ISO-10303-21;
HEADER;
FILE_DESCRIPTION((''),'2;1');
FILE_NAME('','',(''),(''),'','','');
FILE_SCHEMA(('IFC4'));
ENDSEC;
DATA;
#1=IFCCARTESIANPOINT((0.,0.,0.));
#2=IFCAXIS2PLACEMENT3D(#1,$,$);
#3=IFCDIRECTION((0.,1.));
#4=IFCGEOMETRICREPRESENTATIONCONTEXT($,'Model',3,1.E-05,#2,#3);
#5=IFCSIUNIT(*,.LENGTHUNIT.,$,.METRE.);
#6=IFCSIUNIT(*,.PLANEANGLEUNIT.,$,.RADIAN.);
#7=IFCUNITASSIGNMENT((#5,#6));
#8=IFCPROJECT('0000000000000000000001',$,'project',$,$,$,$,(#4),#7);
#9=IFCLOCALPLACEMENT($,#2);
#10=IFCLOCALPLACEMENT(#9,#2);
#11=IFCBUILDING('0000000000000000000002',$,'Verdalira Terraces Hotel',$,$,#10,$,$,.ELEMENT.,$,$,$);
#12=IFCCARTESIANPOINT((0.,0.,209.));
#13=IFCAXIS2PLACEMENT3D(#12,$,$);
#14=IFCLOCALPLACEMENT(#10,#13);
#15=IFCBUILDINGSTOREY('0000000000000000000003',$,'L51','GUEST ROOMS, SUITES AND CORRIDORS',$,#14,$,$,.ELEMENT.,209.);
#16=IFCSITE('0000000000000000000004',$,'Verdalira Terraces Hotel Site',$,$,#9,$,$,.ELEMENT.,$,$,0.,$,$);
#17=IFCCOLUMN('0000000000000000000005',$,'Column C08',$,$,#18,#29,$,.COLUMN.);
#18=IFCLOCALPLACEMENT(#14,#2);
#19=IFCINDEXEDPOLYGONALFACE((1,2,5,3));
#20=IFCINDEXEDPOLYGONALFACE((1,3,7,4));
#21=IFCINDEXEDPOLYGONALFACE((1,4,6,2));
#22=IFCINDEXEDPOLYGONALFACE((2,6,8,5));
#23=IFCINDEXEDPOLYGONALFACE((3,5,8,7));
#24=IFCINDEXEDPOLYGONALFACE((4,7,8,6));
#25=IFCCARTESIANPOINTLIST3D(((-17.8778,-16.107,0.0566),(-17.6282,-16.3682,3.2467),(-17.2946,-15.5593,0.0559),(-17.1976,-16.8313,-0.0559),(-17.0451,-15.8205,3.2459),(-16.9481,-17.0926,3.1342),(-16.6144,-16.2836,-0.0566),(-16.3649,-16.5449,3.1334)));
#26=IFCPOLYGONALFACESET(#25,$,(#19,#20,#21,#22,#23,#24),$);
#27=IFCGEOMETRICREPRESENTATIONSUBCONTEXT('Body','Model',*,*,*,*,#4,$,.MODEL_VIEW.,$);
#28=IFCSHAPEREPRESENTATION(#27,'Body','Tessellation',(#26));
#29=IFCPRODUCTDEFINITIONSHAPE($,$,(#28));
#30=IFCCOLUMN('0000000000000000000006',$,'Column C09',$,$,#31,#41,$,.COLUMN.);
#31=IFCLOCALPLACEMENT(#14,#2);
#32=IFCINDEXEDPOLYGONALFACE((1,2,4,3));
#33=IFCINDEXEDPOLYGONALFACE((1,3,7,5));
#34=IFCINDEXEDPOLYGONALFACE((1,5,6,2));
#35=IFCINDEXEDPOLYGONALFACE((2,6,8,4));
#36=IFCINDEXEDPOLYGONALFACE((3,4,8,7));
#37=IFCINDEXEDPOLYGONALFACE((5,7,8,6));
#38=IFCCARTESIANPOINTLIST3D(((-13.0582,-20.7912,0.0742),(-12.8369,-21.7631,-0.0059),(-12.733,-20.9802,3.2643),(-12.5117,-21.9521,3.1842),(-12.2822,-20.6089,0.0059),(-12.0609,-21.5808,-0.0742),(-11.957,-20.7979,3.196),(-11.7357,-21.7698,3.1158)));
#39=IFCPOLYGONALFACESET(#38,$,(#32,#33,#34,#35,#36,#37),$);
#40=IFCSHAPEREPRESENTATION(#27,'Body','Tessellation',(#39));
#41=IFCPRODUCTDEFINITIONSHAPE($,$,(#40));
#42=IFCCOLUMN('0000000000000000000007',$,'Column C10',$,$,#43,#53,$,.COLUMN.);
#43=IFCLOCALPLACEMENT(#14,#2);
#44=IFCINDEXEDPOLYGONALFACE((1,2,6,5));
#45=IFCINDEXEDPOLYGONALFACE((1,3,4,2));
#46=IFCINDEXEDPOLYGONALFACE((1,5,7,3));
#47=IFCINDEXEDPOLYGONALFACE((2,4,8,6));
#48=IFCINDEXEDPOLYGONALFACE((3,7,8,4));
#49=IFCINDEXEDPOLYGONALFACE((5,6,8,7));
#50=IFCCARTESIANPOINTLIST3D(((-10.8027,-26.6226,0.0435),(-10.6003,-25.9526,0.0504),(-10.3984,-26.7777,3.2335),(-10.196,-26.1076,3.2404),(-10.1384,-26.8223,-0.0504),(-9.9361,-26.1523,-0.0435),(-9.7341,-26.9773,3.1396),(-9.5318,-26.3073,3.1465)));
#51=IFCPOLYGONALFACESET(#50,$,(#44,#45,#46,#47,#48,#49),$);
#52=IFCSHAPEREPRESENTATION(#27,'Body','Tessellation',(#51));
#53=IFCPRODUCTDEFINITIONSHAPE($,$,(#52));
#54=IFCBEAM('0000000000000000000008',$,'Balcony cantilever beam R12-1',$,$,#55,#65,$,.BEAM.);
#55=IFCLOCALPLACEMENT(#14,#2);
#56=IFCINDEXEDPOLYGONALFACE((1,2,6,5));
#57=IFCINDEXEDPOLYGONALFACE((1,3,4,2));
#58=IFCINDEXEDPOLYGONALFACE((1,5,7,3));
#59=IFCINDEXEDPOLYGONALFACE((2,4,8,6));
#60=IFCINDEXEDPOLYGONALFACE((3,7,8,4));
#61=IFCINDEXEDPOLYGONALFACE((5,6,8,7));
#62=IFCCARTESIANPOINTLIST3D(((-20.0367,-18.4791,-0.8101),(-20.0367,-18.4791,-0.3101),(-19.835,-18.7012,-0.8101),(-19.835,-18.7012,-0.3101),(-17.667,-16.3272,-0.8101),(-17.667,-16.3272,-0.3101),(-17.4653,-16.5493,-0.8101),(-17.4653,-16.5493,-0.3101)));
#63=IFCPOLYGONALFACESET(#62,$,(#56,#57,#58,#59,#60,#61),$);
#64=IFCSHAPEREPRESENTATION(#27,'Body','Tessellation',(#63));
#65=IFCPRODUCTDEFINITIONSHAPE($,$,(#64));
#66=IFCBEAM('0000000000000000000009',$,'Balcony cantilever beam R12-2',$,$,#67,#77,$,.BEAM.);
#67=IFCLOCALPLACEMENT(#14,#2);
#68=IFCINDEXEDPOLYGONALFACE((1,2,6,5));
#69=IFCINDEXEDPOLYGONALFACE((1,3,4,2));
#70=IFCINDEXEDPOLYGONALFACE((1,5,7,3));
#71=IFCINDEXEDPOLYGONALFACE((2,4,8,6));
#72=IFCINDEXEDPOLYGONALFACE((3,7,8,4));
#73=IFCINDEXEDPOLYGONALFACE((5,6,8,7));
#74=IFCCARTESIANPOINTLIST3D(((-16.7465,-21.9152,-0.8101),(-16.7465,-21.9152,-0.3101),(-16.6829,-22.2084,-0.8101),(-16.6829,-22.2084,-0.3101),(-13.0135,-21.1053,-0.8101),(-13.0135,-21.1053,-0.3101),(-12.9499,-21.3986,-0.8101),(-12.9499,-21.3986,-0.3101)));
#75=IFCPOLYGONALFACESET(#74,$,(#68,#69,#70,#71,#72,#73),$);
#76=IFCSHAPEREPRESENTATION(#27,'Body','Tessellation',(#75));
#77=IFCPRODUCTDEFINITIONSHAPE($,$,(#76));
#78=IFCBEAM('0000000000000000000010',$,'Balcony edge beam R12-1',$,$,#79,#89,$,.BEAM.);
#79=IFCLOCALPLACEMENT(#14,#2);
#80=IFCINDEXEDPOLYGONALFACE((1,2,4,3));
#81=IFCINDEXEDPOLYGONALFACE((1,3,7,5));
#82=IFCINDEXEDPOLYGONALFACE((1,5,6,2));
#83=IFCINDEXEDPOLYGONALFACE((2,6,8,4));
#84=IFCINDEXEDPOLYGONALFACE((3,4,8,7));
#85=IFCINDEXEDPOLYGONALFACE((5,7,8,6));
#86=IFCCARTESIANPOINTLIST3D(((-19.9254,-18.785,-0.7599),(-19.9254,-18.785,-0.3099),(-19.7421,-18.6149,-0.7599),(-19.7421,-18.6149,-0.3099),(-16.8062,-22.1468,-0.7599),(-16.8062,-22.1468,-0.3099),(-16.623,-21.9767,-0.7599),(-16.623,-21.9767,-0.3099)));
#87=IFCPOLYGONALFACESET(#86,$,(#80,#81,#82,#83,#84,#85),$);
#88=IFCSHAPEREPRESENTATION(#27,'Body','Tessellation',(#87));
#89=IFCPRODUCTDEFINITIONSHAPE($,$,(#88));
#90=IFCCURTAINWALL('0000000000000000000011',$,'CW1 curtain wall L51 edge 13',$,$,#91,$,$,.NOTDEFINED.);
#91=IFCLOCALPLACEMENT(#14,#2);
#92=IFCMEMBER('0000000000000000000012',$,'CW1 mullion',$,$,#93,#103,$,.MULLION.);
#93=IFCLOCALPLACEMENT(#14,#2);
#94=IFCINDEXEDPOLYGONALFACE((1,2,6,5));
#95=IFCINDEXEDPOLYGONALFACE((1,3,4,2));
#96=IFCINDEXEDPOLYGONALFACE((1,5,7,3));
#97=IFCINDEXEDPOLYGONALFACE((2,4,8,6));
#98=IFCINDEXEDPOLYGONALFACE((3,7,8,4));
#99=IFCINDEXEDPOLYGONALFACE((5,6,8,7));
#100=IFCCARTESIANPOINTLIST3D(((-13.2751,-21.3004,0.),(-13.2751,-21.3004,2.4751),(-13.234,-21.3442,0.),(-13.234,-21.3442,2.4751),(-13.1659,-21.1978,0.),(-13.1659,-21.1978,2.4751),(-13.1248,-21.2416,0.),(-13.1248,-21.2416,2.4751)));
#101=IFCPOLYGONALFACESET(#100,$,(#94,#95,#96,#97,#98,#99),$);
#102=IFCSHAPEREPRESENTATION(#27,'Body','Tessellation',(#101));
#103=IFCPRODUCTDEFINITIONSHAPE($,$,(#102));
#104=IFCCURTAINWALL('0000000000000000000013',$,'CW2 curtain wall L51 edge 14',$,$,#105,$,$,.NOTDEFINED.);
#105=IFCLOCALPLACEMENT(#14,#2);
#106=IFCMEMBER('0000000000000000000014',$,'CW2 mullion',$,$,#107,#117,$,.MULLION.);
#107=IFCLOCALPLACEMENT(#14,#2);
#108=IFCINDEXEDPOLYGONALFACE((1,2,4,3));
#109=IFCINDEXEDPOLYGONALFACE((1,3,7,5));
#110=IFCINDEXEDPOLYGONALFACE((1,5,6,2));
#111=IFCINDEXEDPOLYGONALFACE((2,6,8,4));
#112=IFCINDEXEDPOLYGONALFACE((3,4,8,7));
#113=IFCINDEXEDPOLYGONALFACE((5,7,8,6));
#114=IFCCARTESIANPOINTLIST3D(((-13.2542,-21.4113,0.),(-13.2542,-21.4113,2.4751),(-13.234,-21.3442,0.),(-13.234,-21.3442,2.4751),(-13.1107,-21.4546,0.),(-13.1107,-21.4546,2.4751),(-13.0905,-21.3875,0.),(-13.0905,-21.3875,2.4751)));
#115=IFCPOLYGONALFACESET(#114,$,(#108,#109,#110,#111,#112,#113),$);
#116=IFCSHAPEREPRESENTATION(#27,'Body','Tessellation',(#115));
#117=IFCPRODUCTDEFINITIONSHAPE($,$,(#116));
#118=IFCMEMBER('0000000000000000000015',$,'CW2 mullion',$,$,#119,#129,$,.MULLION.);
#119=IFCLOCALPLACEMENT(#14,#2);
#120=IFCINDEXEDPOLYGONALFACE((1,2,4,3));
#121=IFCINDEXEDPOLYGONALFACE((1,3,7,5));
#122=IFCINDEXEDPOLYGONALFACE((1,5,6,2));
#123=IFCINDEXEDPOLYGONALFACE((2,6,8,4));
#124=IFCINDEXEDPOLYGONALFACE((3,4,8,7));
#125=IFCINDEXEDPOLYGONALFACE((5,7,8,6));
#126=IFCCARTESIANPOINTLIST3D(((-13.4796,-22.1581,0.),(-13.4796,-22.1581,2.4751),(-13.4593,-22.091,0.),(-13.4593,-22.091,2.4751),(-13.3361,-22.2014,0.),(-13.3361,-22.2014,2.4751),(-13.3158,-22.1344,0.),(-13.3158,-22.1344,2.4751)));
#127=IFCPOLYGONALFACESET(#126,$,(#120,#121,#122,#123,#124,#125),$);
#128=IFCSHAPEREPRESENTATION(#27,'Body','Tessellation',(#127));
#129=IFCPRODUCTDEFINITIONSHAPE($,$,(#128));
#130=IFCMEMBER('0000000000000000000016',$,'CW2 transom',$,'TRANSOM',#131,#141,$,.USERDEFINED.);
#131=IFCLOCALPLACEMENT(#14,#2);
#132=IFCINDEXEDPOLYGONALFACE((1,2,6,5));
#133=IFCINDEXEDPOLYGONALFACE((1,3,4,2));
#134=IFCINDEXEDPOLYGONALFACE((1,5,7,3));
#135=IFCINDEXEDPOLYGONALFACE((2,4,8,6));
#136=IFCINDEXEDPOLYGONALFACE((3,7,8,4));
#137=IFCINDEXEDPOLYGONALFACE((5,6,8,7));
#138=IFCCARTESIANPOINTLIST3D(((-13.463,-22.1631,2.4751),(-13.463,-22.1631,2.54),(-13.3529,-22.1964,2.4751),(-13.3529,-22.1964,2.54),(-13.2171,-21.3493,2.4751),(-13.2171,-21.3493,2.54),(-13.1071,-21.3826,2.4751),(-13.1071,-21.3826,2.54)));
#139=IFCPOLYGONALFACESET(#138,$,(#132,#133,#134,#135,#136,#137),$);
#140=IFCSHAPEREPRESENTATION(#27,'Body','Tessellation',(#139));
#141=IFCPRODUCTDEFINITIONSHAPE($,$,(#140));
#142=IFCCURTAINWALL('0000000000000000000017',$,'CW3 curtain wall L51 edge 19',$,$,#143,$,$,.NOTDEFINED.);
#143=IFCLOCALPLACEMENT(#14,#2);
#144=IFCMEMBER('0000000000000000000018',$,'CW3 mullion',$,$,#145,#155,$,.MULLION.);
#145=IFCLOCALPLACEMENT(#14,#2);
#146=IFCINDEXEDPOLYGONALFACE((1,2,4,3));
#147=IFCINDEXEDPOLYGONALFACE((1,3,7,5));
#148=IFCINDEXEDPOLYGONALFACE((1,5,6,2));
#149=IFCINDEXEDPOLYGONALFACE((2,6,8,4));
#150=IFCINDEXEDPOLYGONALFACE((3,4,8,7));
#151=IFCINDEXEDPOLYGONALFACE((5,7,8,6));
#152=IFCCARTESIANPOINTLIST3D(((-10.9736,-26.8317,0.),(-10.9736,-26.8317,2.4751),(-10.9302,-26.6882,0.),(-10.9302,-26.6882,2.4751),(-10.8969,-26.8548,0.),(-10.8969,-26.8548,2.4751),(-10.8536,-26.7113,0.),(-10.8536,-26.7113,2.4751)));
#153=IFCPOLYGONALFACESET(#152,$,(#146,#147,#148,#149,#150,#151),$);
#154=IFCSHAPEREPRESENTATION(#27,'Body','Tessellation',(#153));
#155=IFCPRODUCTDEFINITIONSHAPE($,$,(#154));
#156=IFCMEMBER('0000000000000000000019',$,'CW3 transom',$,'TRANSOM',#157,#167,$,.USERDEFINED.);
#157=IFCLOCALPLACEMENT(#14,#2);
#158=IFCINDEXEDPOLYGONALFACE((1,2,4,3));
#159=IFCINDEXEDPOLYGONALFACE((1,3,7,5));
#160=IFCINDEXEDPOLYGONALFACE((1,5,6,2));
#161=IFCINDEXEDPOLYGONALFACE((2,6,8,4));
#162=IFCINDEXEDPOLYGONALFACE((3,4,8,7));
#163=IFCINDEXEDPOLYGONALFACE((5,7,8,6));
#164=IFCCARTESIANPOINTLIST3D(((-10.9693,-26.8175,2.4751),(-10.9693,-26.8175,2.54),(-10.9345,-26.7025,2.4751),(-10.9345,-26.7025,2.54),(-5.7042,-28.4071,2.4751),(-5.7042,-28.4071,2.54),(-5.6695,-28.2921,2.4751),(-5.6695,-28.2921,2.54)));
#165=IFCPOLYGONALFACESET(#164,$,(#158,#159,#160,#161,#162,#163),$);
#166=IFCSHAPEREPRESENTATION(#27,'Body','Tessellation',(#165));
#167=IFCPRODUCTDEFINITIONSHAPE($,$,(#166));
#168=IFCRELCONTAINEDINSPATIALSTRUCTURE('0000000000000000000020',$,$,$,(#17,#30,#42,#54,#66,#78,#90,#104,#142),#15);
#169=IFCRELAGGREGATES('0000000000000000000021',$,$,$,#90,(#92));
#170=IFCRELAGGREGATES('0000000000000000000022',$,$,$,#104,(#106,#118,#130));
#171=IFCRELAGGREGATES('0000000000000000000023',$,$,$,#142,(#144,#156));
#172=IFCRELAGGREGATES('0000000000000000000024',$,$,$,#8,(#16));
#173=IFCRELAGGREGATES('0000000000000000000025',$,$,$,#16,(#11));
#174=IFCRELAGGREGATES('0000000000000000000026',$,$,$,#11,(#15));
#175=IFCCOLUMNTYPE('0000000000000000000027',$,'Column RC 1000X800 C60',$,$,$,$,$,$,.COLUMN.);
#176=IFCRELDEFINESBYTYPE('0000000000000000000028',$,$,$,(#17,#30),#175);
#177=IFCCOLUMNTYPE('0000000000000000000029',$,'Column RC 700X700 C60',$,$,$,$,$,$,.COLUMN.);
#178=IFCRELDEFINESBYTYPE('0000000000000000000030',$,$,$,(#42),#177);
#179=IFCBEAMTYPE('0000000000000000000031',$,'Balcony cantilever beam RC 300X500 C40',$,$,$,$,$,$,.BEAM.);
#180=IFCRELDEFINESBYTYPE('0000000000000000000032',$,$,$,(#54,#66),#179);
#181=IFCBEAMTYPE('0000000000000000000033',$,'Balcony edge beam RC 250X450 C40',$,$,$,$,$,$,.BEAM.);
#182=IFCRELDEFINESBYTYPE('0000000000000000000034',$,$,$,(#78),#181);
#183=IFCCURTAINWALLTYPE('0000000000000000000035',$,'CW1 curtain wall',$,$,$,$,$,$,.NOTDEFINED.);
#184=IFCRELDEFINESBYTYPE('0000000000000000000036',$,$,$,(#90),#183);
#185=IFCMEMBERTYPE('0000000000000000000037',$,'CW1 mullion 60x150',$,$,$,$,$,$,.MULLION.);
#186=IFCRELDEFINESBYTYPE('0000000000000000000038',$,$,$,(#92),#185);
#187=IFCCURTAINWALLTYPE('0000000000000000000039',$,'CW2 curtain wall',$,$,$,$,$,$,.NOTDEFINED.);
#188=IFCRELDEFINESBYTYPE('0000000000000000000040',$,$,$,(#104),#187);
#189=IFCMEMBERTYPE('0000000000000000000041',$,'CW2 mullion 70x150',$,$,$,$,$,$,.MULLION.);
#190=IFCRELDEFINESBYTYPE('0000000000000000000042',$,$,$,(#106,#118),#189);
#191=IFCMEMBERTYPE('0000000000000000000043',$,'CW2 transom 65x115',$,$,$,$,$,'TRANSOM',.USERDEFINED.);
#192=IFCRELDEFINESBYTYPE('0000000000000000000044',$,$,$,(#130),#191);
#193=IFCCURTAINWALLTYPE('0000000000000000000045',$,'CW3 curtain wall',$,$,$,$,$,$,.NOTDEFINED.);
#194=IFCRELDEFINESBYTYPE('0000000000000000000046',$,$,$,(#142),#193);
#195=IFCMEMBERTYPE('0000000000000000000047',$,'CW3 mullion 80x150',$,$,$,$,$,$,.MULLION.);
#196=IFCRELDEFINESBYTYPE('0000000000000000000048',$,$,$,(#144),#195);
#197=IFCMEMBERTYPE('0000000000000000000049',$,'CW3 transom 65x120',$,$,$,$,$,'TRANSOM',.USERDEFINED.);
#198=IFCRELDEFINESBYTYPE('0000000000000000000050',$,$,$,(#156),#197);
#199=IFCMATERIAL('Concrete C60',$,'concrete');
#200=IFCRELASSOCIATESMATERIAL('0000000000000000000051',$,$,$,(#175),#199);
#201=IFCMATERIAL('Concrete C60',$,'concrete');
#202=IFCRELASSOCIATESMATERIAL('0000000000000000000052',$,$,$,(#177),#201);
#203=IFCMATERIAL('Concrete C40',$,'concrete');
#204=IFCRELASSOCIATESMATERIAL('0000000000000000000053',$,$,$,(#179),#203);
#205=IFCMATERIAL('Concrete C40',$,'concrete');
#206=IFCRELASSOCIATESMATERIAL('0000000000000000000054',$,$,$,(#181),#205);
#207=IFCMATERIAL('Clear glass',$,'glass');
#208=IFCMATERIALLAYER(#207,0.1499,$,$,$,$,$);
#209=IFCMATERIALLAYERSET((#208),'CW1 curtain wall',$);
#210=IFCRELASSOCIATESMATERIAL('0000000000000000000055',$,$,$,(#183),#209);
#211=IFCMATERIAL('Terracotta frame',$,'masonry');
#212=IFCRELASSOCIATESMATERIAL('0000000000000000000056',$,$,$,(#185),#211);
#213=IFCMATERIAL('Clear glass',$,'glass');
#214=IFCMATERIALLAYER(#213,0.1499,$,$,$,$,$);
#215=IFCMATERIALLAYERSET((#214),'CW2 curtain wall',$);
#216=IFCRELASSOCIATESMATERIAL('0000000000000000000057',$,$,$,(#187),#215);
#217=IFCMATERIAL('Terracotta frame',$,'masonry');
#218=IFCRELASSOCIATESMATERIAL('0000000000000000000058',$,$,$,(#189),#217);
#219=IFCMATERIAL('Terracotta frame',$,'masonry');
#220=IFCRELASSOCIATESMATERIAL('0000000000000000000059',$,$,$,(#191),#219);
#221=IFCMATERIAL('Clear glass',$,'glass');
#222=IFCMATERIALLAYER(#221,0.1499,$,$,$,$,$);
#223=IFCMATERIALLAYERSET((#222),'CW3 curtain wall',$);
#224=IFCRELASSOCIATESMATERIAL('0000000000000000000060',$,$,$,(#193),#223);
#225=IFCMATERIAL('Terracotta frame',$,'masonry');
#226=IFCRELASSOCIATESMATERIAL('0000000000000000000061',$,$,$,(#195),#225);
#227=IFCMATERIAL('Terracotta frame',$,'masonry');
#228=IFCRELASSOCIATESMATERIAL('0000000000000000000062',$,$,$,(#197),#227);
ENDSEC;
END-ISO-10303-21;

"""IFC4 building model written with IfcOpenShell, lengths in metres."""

from ifc_helpers import new_model, si_unit, direction, frame, origin, origin_2d, place, context, subcontext, project, spatial, rectangle, extrude, material, layer, layer_set, material_profile, profile_set, type_object, element, aggregate, save


model = new_model("IFC4")

# Units and contexts
model_context = context("Model", 3, precision=1e-05, world=origin(), true_north=direction((0.0, 1.0)))
body_context = subcontext(model_context, "Body", "Model", "MODEL_VIEW")
ifc_project = project(units=[si_unit("LENGTHUNIT", "METRE"), si_unit("PLANEANGLEUNIT", "RADIAN")], contexts=[model_context])

# Site, building, storey
site_placement = place(None, origin())
site = spatial("IfcSite", under=ifc_project, at=site_placement, Name="Verdalira Terraces Hotel Site", CompositionType="ELEMENT", RefElevation=0.0)
building_placement = place(site_placement, origin())
building = spatial("IfcBuilding", under=site, at=building_placement, Name="Verdalira Terraces Hotel", CompositionType="ELEMENT")
storey_placement = place(building_placement, frame((0.0, 0.0, 209.0)))
storey = spatial("IfcBuildingStorey", under=building, at=storey_placement, Name="L51", Description="GUEST ROOMS, SUITES AND CORRIDORS", CompositionType="ELEMENT", Elevation=209.0)

# Columns
ifc_material_1 = material(Name="Concrete C60", Category="concrete")
ifc_material_profile_1 = material_profile(ifc_material_1, rectangle(XDim=1.0, YDim=0.8, at=origin_2d()), Name="RC 1000X800")
ifc_profile_set_1 = profile_set([ifc_material_profile_1], Name="Concrete C60")
column_type_1 = type_object("IfcColumnType", Name="Column RC 1000X800 C60", PredefinedType="COLUMN", material=ifc_profile_set_1)
column_1_placement = place(storey_placement, frame((-17.2461, -16.1953, 0.0), z_axis=(0.077721, -0.081372, 0.993649), x_axis=(0.680192, -0.724346, -0.112522)))
element("IfcColumn", 1, at=column_1_placement, inside=storey, type_object=column_type_1, Name="Column C08", PredefinedType="COLUMN", context=body_context, shape_type="SweptSolid", body=[
    extrude(rectangle(XDim=1.0, YDim=0.8, at=origin_2d()), origin(), (0.0, 0.0, 1.0), 3.2104),
])
column_2_placement = place(storey_placement, frame((-12.5596, -21.186, 0.0), z_axis=(0.101243, -0.05883, 0.993121), x_axis=(-0.221269, 0.971915, 0.080131)))
element("IfcColumn", 2, at=column_2_placement, inside=storey, type_object=column_type_1, Name="Column C09", PredefinedType="COLUMN", context=body_context, shape_type="SweptSolid", body=[
    extrude(rectangle(XDim=1.0, YDim=0.8, at=origin_2d()), origin(), (0.0, 0.0, 1.0), 3.2122),
])
ifc_material_2 = material(Name="Concrete C60", Category="concrete")
ifc_material_profile_2 = material_profile(ifc_material_2, rectangle(XDim=0.7, YDim=0.7, at=origin_2d()), Name="RC 700X700")
ifc_profile_set_2 = profile_set([ifc_material_profile_2], Name="Concrete C60")
column_type_2 = type_object("IfcColumnType", Name="Column RC 700X700 C60", PredefinedType="COLUMN", material=ifc_profile_set_2)
column_3_placement = place(storey_placement, frame((-10.3694, -26.3875, 0.0), z_axis=(0.125589, -0.048158, 0.990913), x_axis=(0.949018, -0.285256, -0.134143)))
element("IfcColumn", 3, at=column_3_placement, inside=storey, type_object=column_type_2, Name="Column C10", PredefinedType="COLUMN", context=body_context, shape_type="SweptSolid", body=[
    extrude(rectangle(XDim=0.7, YDim=0.7, at=origin_2d()), origin(), (0.0, 0.0, 1.0), 3.2192),
])

# Beams
ifc_material_3 = material(Name="Concrete C40", Category="concrete")
ifc_material_profile_3 = material_profile(ifc_material_3, rectangle(XDim=0.3, YDim=0.5, at=origin_2d()), Name="RC 300X500")
ifc_profile_set_3 = profile_set([ifc_material_profile_3], Name="Concrete C40")
beam_type_1 = type_object("IfcBeamType", Name="Balcony cantilever beam RC 300X500 C40", PredefinedType="BEAM", material=ifc_profile_set_3)
beam_1_placement = place(storey_placement, frame((-17.5662, -16.4382, -0.5601), z_axis=(-0.740306, -0.67227, 0.0), x_axis=(0.67227, -0.740306, 0.0)))
element("IfcBeam", 4, at=beam_1_placement, inside=storey, type_object=beam_type_1, Name="Balcony cantilever beam R12-1", PredefinedType="BEAM", context=body_context, shape_type="SweptSolid", body=[
    extrude(rectangle(XDim=0.3, YDim=0.5, at=origin_2d()), origin(), (0.0, 0.0, 1.0), 3.2009),
])
beam_2_placement = place(storey_placement, frame((-12.9817, -21.252, -0.5601), z_axis=(-0.977268, -0.212008, 0.0), x_axis=(0.212008, -0.977268, 0.0)))
element("IfcBeam", 5, at=beam_2_placement, inside=storey, type_object=beam_type_1, Name="Balcony cantilever beam R12-2", PredefinedType="BEAM", context=body_context, shape_type="SweptSolid", body=[
    extrude(rectangle(XDim=0.3, YDim=0.5, at=origin_2d()), origin(), (0.0, 0.0, 1.0), 3.8198),
])
ifc_material_4 = material(Name="Concrete C40", Category="concrete")
ifc_material_profile_4 = material_profile(ifc_material_4, rectangle(XDim=0.25, YDim=0.45, at=origin_2d()), Name="RC 250X450")
ifc_profile_set_4 = profile_set([ifc_material_profile_4], Name="Concrete C40")
beam_type_2 = type_object("IfcBeamType", Name="Balcony edge beam RC 250X450 C40", PredefinedType="BEAM", material=ifc_profile_set_4)
beam_3_placement = place(storey_placement, frame((-19.8337, -18.7, -0.5349), z_axis=(0.680153, -0.73307, 0.0), x_axis=(0.73307, 0.680153, 0.0)))
element("IfcBeam", 6, at=beam_3_placement, inside=storey, type_object=beam_type_2, Name="Balcony edge beam R12-1", PredefinedType="BEAM", context=body_context, shape_type="SweptSolid", body=[
    extrude(rectangle(XDim=0.25, YDim=0.45, at=origin_2d()), origin(), (0.0, 0.0, 1.0), 4.5859),
])

# Curtain wall, member
ifc_material_5 = material(Name="Clear glass", Category="glass")
ifc_layer_1 = layer(ifc_material_5, 0.1499)
ifc_layer_set_1 = layer_set([ifc_layer_1], Name="CW1 curtain wall")
curtain_wall_type_1 = type_object("IfcCurtainWallType", Name="CW1 curtain wall", PredefinedType="NOTDEFINED", material=ifc_layer_set_1)
curtain_wall_1_placement = place(storey_placement, origin())
curtain_wall_1 = element("IfcCurtainWall", 7, at=curtain_wall_1_placement, inside=storey, type_object=curtain_wall_type_1, Name="CW1 curtain wall L51 edge 13", PredefinedType="NOTDEFINED")
ifc_material_6 = material(Name="Terracotta frame", Category="masonry")
ifc_material_profile_5 = material_profile(ifc_material_6, rectangle(XDim=0.0601, YDim=0.1499, at=origin_2d()), Name="MU 60x150")
ifc_profile_set_5 = profile_set([ifc_material_profile_5], Name="Terracotta frame")
member_type_1 = type_object("IfcMemberType", Name="CW1 mullion 60x150", PredefinedType="MULLION", material=ifc_profile_set_5)
member_1_placement = place(storey_placement, frame((-13.2, -21.271, 0.0), z_axis=(0.0, 0.0, 1.0), x_axis=(0.684547, -0.728969, 0.0)))
member_1 = element("IfcMember", 8, at=member_1_placement, type_object=member_type_1, Name="CW1 mullion", PredefinedType="MULLION", context=body_context, shape_type="SweptSolid", body=[
    extrude(rectangle(XDim=0.0601, YDim=0.1499, at=origin_2d()), origin(), (0.0, 0.0, 1.0), 2.4751),
])

# Curtain walls, members
ifc_material_7 = material(Name="Clear glass", Category="glass")
ifc_layer_2 = layer(ifc_material_7, 0.1499)
ifc_layer_set_2 = layer_set([ifc_layer_2], Name="CW2 curtain wall")
curtain_wall_type_2 = type_object("IfcCurtainWallType", Name="CW2 curtain wall", PredefinedType="NOTDEFINED", material=ifc_layer_set_2)
curtain_wall_2_placement = place(storey_placement, origin())
curtain_wall_2 = element("IfcCurtainWall", 9, at=curtain_wall_2_placement, inside=storey, type_object=curtain_wall_type_2, Name="CW2 curtain wall L51 edge 14", PredefinedType="NOTDEFINED")
ifc_material_8 = material(Name="Terracotta frame", Category="masonry")
ifc_material_profile_6 = material_profile(ifc_material_8, rectangle(XDim=0.0701, YDim=0.1499, at=origin_2d()), Name="MU 70x150")
ifc_profile_set_6 = profile_set([ifc_material_profile_6], Name="Terracotta frame")
member_type_2 = type_object("IfcMemberType", Name="CW2 mullion 70x150", PredefinedType="MULLION", material=ifc_profile_set_6)
member_2_placement = place(storey_placement, frame((-13.1724, -21.3994, 0.0), z_axis=(0.0, 0.0, 1.0), x_axis=(-0.289032, -0.957319, 0.0)))
member_2 = element("IfcMember", 10, at=member_2_placement, type_object=member_type_2, Name="CW2 mullion", PredefinedType="MULLION", context=body_context, shape_type="SweptSolid", body=[
    extrude(rectangle(XDim=0.0701, YDim=0.1499, at=origin_2d()), origin(), (0.0, 0.0, 1.0), 2.4751),
])
member_3_placement = place(storey_placement, frame((-13.3977, -22.1462, 0.0), z_axis=(0.0, 0.0, 1.0), x_axis=(-0.289032, -0.957319, 0.0)))
member_3 = element("IfcMember", 11, at=member_3_placement, type_object=member_type_2, Name="CW2 mullion", PredefinedType="MULLION", context=body_context, shape_type="SweptSolid", body=[
    extrude(rectangle(XDim=0.0701, YDim=0.1499, at=origin_2d()), origin(), (0.0, 0.0, 1.0), 2.4751),
])
ifc_material_9 = material(Name="Terracotta frame", Category="masonry")
ifc_material_profile_7 = material_profile(ifc_material_9, rectangle(XDim=0.115, YDim=0.0649, at=origin_2d()), Name="TR 65x115")
ifc_profile_set_7 = profile_set([ifc_material_profile_7], Name="Terracotta frame")
member_type_3 = type_object("IfcMemberType", Name="CW2 transom 65x115", ElementType="TRANSOM", PredefinedType="USERDEFINED", material=ifc_profile_set_7)
member_4_placement = place(storey_placement, frame((-13.1621, -21.366, 2.5076), z_axis=(-0.289218, -0.957263, 0.0), x_axis=(0.957263, -0.289218, 0.0)))
member_4 = element("IfcMember", 12, at=member_4_placement, type_object=member_type_3, Name="CW2 transom", ObjectType="TRANSOM", PredefinedType="USERDEFINED", context=body_context, shape_type="SweptSolid", body=[
    extrude(rectangle(XDim=0.115, YDim=0.0649, at=origin_2d()), origin(), (0.0, 0.0, 1.0), 0.8501),
])
ifc_material_10 = material(Name="Clear glass", Category="glass")
ifc_layer_3 = layer(ifc_material_10, 0.1499)
ifc_layer_set_3 = layer_set([ifc_layer_3], Name="CW3 curtain wall")
curtain_wall_type_3 = type_object("IfcCurtainWallType", Name="CW3 curtain wall", PredefinedType="NOTDEFINED", material=ifc_layer_set_3)
curtain_wall_3_placement = place(storey_placement, origin())
curtain_wall_3 = element("IfcCurtainWall", 13, at=curtain_wall_3_placement, inside=storey, type_object=curtain_wall_type_3, Name="CW3 curtain wall L51 edge 19", PredefinedType="NOTDEFINED")
ifc_material_11 = material(Name="Terracotta frame", Category="masonry")
ifc_material_profile_8 = material_profile(ifc_material_11, rectangle(XDim=0.0801, YDim=0.1499, at=origin_2d()), Name="MU 80x150")
ifc_profile_set_8 = profile_set([ifc_material_profile_8], Name="Terracotta frame")
member_type_4 = type_object("IfcMemberType", Name="CW3 mullion 80x150", PredefinedType="MULLION", material=ifc_profile_set_8)
member_5_placement = place(storey_placement, frame((-10.9136, -26.7715, 0.0), z_axis=(0.0, 0.0, 1.0), x_axis=(0.957319, -0.289032, 0.0)))
member_5 = element("IfcMember", 14, at=member_5_placement, type_object=member_type_4, Name="CW3 mullion", PredefinedType="MULLION", context=body_context, shape_type="SweptSolid", body=[
    extrude(rectangle(XDim=0.0801, YDim=0.1499, at=origin_2d()), origin(), (0.0, 0.0, 1.0), 2.4751),
])
ifc_material_12 = material(Name="Terracotta frame", Category="masonry")
ifc_material_profile_9 = material_profile(ifc_material_12, rectangle(XDim=0.1201, YDim=0.0649, at=origin_2d()), Name="TR 65x120")
ifc_profile_set_9 = profile_set([ifc_material_profile_9], Name="Terracotta frame")
member_type_5 = type_object("IfcMemberType", Name="CW3 transom 65x120", ElementType="TRANSOM", PredefinedType="USERDEFINED", material=ifc_profile_set_9)
member_6_placement = place(storey_placement, frame((-10.9519, -26.76, 2.5076), z_axis=(0.957321, -0.289025, 0.0), x_axis=(0.289025, 0.957321, 0.0)))
member_6 = element("IfcMember", 15, at=member_6_placement, type_object=member_type_5, Name="CW3 transom", ObjectType="TRANSOM", PredefinedType="USERDEFINED", context=body_context, shape_type="SweptSolid", body=[
    extrude(rectangle(XDim=0.1201, YDim=0.0649, at=origin_2d()), origin(), (0.0, 0.0, 1.0), 5.4998),
])

aggregate(curtain_wall_1, [member_1])
aggregate(curtain_wall_2, [member_2, member_3, member_4])
aggregate(curtain_wall_3, [member_5, member_6])

save(model, "model.ifc")
